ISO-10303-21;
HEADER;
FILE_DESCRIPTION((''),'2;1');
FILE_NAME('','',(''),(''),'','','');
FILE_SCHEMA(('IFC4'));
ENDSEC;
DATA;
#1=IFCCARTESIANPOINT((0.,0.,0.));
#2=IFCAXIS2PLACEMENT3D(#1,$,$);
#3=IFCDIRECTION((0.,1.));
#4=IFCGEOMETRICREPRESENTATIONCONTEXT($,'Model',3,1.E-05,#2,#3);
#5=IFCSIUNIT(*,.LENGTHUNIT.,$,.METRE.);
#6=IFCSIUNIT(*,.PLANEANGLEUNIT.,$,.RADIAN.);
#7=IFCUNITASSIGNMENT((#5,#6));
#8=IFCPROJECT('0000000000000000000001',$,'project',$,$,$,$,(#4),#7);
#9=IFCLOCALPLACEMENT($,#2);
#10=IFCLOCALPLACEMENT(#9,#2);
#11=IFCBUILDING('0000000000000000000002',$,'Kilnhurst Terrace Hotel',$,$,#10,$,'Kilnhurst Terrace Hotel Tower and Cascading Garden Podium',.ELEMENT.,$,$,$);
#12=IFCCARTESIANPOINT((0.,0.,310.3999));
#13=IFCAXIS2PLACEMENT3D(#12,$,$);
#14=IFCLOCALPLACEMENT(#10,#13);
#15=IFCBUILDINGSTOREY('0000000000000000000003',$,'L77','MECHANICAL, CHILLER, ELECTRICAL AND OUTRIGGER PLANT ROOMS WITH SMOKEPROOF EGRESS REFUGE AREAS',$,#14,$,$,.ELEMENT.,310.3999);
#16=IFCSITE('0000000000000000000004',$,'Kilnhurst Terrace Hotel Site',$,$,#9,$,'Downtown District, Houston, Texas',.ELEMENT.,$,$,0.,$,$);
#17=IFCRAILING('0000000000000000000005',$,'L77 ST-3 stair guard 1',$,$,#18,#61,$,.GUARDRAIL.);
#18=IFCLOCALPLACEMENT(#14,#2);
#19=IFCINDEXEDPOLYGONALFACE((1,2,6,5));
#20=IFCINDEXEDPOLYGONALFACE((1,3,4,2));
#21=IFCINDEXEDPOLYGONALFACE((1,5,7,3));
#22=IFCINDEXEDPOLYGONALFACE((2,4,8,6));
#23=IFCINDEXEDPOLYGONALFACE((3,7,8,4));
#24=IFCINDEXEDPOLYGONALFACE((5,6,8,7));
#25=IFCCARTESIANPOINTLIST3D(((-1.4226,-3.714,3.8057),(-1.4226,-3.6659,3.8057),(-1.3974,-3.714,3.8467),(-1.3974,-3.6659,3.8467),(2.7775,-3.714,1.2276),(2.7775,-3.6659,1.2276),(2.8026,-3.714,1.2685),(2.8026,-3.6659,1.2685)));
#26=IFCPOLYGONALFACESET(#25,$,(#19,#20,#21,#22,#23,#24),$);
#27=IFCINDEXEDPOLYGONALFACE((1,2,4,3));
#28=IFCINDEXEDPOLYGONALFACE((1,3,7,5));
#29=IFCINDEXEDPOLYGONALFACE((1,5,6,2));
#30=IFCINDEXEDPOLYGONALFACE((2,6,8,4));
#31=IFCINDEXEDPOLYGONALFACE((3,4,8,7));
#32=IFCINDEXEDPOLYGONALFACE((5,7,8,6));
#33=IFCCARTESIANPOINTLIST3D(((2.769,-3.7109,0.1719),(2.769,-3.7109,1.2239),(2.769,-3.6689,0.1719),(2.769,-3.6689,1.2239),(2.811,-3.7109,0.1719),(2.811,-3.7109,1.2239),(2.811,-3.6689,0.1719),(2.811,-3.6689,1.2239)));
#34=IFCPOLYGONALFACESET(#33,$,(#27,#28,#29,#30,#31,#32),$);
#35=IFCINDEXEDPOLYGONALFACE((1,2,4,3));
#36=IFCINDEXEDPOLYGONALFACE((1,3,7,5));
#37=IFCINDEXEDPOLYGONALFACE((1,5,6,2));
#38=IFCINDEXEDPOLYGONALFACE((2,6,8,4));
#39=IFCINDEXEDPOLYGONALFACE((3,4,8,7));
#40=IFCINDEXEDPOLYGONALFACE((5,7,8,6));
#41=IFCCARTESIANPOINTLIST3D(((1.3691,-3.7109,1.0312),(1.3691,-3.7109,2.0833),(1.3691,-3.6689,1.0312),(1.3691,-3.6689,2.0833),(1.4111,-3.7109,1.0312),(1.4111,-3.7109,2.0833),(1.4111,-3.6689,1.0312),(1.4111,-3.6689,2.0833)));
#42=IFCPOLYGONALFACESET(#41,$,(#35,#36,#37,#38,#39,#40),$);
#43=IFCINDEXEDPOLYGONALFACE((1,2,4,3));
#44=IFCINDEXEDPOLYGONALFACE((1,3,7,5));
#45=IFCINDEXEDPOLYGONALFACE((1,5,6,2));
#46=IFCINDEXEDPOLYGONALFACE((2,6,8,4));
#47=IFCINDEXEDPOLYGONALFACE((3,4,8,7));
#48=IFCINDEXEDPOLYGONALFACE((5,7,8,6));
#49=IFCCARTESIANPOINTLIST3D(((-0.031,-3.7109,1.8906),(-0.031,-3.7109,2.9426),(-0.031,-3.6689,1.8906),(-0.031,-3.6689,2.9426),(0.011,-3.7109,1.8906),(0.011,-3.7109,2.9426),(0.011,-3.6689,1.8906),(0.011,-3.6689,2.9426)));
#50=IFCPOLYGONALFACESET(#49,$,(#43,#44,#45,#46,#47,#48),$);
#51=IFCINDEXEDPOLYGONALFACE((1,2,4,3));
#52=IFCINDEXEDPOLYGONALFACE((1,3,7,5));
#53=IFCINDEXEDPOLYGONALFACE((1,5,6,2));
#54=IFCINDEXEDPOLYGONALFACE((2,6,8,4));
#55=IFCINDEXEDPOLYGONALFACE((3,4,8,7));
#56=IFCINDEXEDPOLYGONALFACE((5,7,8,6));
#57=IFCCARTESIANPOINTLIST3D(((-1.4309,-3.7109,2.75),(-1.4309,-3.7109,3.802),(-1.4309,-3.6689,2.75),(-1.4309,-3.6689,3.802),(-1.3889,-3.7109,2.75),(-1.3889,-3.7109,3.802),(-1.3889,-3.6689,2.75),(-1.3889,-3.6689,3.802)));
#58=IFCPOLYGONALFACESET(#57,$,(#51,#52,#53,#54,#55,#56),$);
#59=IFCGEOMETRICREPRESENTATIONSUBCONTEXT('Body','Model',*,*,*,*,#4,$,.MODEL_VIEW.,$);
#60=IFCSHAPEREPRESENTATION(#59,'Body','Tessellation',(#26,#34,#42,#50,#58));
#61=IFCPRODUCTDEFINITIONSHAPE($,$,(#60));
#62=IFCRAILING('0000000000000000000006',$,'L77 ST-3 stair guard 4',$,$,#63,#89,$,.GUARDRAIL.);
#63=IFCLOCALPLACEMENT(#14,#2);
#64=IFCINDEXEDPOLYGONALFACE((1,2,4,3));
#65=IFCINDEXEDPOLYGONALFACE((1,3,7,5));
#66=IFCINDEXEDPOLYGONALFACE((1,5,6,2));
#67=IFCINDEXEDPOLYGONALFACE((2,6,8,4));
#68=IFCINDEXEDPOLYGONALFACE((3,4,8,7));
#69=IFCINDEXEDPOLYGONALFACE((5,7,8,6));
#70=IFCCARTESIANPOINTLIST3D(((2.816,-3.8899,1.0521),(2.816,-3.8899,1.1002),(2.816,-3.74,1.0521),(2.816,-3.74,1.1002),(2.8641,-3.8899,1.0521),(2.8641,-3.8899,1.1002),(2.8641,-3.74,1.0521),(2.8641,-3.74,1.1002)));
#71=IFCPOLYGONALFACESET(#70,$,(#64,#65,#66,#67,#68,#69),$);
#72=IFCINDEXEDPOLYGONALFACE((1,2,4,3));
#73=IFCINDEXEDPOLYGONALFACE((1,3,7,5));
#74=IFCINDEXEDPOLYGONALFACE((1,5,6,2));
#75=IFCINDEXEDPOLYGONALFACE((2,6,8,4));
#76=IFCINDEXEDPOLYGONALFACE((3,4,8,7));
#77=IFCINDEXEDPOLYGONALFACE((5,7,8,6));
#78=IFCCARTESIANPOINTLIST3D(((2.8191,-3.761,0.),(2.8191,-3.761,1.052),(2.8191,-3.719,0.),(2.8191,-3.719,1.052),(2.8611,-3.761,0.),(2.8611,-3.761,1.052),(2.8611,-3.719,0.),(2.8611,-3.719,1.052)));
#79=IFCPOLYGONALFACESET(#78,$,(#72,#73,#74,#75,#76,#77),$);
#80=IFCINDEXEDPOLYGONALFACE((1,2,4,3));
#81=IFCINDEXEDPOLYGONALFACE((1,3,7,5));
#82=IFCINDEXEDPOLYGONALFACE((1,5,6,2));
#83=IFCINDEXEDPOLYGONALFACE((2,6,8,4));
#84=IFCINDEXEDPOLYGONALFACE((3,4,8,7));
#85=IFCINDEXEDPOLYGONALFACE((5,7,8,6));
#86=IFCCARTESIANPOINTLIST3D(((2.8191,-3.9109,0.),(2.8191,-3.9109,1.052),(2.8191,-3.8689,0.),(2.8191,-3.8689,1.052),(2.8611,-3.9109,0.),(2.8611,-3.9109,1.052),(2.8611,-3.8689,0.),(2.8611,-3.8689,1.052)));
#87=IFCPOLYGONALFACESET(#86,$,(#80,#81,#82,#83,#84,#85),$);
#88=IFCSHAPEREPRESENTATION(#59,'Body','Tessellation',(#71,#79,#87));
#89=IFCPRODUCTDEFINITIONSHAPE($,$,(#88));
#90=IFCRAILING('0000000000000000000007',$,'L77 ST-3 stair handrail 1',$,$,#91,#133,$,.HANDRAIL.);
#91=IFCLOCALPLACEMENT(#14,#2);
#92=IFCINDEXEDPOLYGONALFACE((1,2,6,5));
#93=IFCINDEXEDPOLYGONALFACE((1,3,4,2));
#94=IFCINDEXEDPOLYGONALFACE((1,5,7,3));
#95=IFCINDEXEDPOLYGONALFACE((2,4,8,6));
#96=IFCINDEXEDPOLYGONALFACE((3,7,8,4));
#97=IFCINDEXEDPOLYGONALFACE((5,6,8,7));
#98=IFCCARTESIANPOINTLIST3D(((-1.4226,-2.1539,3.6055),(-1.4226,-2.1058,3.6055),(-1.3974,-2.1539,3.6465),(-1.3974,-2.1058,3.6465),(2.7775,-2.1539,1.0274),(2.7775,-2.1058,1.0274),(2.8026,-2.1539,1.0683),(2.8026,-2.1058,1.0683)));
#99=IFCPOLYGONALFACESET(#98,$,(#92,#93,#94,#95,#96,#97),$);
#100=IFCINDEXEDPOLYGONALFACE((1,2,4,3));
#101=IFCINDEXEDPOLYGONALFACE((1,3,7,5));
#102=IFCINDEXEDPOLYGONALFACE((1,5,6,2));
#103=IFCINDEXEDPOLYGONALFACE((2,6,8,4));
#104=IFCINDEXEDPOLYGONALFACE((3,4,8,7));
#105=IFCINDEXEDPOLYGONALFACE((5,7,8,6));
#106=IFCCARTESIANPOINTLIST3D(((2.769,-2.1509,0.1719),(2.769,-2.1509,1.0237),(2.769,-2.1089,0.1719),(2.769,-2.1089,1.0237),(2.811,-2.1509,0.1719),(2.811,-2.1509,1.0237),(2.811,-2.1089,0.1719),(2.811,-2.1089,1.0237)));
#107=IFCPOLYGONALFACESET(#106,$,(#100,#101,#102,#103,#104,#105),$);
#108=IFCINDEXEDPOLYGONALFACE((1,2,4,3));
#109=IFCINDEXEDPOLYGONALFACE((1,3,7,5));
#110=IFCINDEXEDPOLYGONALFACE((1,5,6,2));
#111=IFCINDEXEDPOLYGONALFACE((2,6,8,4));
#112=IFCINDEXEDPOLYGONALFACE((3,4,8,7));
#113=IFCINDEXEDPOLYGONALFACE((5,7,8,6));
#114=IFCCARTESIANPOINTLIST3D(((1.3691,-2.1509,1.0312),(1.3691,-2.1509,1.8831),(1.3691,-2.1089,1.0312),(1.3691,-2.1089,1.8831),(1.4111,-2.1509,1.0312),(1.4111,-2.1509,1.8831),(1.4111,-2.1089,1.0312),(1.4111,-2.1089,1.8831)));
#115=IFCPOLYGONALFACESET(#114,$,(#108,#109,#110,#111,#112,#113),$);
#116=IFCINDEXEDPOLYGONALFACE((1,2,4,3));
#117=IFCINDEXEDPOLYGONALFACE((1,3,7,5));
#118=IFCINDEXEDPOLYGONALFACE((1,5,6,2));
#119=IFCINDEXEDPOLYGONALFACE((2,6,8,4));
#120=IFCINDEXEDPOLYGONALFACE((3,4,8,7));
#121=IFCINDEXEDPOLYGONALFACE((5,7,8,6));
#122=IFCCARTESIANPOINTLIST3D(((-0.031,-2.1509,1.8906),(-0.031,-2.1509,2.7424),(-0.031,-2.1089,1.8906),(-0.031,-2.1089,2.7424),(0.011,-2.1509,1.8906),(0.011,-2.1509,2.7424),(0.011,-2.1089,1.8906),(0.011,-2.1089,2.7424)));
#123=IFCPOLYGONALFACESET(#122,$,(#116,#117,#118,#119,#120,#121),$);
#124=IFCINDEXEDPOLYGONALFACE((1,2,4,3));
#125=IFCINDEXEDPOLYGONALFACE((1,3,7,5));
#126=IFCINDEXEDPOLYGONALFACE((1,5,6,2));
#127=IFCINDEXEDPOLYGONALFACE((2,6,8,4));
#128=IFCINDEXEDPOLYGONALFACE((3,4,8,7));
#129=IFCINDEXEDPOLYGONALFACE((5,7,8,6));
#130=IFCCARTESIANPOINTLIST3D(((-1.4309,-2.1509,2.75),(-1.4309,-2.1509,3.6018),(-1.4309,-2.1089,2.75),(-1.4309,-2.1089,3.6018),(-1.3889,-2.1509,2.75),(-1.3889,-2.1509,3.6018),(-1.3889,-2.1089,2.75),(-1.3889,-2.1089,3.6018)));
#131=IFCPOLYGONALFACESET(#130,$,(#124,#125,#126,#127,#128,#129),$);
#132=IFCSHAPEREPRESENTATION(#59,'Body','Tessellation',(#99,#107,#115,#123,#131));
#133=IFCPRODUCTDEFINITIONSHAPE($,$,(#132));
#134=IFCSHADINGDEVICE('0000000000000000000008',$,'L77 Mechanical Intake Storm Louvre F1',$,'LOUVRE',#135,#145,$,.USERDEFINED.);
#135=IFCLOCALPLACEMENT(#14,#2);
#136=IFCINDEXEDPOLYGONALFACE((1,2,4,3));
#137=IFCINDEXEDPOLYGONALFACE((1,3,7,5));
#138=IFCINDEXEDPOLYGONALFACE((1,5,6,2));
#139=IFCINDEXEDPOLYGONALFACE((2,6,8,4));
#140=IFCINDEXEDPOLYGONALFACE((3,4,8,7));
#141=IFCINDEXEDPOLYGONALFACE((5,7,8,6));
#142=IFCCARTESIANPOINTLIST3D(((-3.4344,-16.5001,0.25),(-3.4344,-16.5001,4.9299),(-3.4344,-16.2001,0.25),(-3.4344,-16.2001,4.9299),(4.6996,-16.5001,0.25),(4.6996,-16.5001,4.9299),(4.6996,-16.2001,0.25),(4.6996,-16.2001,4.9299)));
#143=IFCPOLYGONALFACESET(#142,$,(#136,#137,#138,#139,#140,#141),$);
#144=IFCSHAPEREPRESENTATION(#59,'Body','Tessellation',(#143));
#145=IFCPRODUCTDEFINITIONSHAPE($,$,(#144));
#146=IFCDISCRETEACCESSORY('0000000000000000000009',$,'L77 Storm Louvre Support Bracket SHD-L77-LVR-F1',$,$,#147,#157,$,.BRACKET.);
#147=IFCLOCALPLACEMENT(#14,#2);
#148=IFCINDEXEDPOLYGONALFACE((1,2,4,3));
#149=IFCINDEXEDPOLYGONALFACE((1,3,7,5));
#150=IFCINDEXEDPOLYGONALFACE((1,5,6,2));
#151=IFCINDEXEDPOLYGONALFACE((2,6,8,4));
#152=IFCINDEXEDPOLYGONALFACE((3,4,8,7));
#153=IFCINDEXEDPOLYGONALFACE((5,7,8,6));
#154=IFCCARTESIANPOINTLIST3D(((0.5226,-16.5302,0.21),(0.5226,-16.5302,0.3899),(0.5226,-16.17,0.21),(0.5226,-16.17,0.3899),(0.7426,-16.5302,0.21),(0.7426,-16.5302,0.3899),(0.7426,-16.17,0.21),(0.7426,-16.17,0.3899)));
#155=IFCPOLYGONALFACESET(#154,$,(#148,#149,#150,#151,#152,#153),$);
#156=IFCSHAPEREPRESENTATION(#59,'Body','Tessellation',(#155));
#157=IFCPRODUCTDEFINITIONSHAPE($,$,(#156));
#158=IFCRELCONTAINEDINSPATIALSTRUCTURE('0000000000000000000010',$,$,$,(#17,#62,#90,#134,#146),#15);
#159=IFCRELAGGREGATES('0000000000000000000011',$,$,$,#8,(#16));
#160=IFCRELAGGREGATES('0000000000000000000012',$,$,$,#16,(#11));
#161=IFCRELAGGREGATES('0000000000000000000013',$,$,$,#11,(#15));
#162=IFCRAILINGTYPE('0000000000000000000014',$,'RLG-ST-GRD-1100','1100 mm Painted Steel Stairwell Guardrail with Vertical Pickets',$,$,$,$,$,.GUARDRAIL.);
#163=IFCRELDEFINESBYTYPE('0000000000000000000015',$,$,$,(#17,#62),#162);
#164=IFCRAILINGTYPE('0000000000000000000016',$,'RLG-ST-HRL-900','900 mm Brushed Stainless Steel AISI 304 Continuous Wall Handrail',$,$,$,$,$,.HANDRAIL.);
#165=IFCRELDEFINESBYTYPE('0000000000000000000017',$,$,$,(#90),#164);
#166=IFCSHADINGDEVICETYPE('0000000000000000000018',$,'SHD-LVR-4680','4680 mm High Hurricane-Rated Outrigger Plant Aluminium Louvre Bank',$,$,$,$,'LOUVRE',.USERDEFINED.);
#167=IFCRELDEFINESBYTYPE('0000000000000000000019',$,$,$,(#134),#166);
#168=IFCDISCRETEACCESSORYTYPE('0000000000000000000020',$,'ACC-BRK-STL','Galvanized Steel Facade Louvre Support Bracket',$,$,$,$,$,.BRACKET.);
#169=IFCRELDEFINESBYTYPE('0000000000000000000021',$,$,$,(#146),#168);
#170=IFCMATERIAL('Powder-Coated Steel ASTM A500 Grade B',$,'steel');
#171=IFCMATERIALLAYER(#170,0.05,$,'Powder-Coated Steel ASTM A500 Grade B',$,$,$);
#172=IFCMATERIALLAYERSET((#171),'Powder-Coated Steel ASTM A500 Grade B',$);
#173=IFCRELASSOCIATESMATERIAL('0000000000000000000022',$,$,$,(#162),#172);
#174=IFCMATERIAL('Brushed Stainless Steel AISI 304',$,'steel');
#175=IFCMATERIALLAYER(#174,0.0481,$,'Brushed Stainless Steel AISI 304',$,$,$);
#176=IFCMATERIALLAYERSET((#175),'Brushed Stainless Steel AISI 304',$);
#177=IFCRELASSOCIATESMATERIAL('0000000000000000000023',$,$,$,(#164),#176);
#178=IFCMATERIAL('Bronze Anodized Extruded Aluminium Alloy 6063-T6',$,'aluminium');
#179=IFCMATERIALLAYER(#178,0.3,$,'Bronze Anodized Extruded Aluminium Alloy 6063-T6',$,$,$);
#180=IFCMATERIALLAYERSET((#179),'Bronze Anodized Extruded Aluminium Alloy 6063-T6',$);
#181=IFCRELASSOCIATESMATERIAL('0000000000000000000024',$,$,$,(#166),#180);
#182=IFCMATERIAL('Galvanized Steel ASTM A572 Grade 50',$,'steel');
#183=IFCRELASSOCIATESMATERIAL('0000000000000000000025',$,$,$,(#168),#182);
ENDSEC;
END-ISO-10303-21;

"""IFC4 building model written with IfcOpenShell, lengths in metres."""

from ifc_helpers import new_model, si_unit, direction, frame, origin, origin_2d, place, context, subcontext, project, spatial, rectangle, extrude, material, layer, layer_set, type_object, element, save


model = new_model("IFC4")

# Units and contexts
model_context = context("Model", 3, precision=1e-05, world=origin(), true_north=direction((0.0, 1.0)))
body_context = subcontext(model_context, "Body", "Model", "MODEL_VIEW")
ifc_project = project(units=[si_unit("LENGTHUNIT", "METRE"), si_unit("PLANEANGLEUNIT", "RADIAN")], contexts=[model_context])

# Site, building, storey
site_placement = place(None, origin())
site = spatial("IfcSite", under=ifc_project, at=site_placement, Name="Kilnhurst Terrace Hotel Site", LongName="Downtown District, Houston, Texas", CompositionType="ELEMENT", RefElevation=0.0)
building_placement = place(site_placement, origin())
building = spatial("IfcBuilding", under=site, at=building_placement, Name="Kilnhurst Terrace Hotel", LongName="Kilnhurst Terrace Hotel Tower and Cascading Garden Podium", CompositionType="ELEMENT")
storey_placement = place(building_placement, frame((0.0, 0.0, 310.3999)))
storey = spatial("IfcBuildingStorey", under=building, at=storey_placement, Name="L77", Description="MECHANICAL, CHILLER, ELECTRICAL AND OUTRIGGER PLANT ROOMS WITH SMOKEPROOF EGRESS REFUGE AREAS", CompositionType="ELEMENT", Elevation=310.3999)

# Railings
ifc_material_1 = material(Name="Powder-Coated Steel ASTM A500 Grade B", Category="steel")
ifc_layer_1 = layer(ifc_material_1, 0.05, Name="Powder-Coated Steel ASTM A500 Grade B")
ifc_layer_set_1 = layer_set([ifc_layer_1], Name="Powder-Coated Steel ASTM A500 Grade B")
railing_type_1 = type_object("IfcRailingType", Name="RLG-ST-GRD-1100", Description="1100 mm Painted Steel Stairwell Guardrail with Vertical Pickets", PredefinedType="GUARDRAIL", material=ifc_layer_set_1)
railing_1_placement = place(storey_placement, frame((2.79, -3.6899, 0.1719)))
element("IfcRailing", 1, at=railing_1_placement, inside=storey, type_object=railing_type_1, Name="L77 ST-3 stair guard 1", PredefinedType="GUARDRAIL", context=body_context, shape_type="SweptSolid", body=[
    extrude(rectangle(XDim=0.0481, YDim=0.0481, at=origin_2d()), frame((0.0, 0.0, 1.0762), z_axis=(-0.852243, 0.0, 0.523146), x_axis=(0.0, -1.0, 0.0)), (0.0, 0.0, 1.0), 4.9282),
    extrude(rectangle(XDim=0.042, YDim=0.042, at=origin_2d()), origin(), (0.0, 0.0, 1.0), 1.052),
    extrude(rectangle(XDim=0.042, YDim=0.042, at=origin_2d()), frame((-1.3999, 0.0, 0.8594)), (0.0, 0.0, 1.0), 1.052),
    extrude(rectangle(XDim=0.042, YDim=0.042, at=origin_2d()), frame((-2.8, 0.0, 1.7188)), (0.0, 0.0, 1.0), 1.052),
    extrude(rectangle(XDim=0.042, YDim=0.042, at=origin_2d()), frame((-4.2, 0.0, 2.5781)), (0.0, 0.0, 1.0), 1.052),
])
railing_2_placement = place(storey_placement, frame((2.8401, -3.74, 0.0)))
element("IfcRailing", 2, at=railing_2_placement, inside=storey, type_object=railing_type_1, Name="L77 ST-3 stair guard 4", PredefinedType="GUARDRAIL", context=body_context, shape_type="SweptSolid", body=[
    extrude(rectangle(XDim=0.0481, YDim=0.0481, at=origin_2d()), frame((0.0, 0.0, 1.0762), z_axis=(0.0, -1.0, 0.0), x_axis=(1.0, 0.0, 0.0)), (0.0, 0.0, 1.0), 0.1499),
    extrude(rectangle(XDim=0.042, YDim=0.042, at=origin_2d()), origin(), (0.0, 0.0, 1.0), 1.052),
    extrude(rectangle(XDim=0.042, YDim=0.042, at=origin_2d()), frame((0.0, -0.1499, 0.0)), (0.0, 0.0, 1.0), 1.052),
])
ifc_material_2 = material(Name="Brushed Stainless Steel AISI 304", Category="steel")
ifc_layer_2 = layer(ifc_material_2, 0.0481, Name="Brushed Stainless Steel AISI 304")
ifc_layer_set_2 = layer_set([ifc_layer_2], Name="Brushed Stainless Steel AISI 304")
railing_type_2 = type_object("IfcRailingType", Name="RLG-ST-HRL-900", Description="900 mm Brushed Stainless Steel AISI 304 Continuous Wall Handrail", PredefinedType="HANDRAIL", material=ifc_layer_set_2)
railing_3_placement = place(storey_placement, frame((2.79, -2.1299, 0.1719)))
element("IfcRailing", 3, at=railing_3_placement, inside=storey, type_object=railing_type_2, Name="L77 ST-3 stair handrail 1", PredefinedType="HANDRAIL", context=body_context, shape_type="SweptSolid", body=[
    extrude(rectangle(XDim=0.0481, YDim=0.0481, at=origin_2d()), frame((0.0, 0.0, 0.876), z_axis=(-0.852243, 0.0, 0.523146), x_axis=(0.0, -1.0, 0.0)), (0.0, 0.0, 1.0), 4.9282),
    extrude(rectangle(XDim=0.042, YDim=0.042, at=origin_2d()), origin(), (0.0, 0.0, 1.0), 0.8518),
    extrude(rectangle(XDim=0.042, YDim=0.042, at=origin_2d()), frame((-1.3999, 0.0, 0.8594)), (0.0, 0.0, 1.0), 0.8518),
    extrude(rectangle(XDim=0.042, YDim=0.042, at=origin_2d()), frame((-2.8, 0.0, 1.7188)), (0.0, 0.0, 1.0), 0.8518),
    extrude(rectangle(XDim=0.042, YDim=0.042, at=origin_2d()), frame((-4.2, 0.0, 2.5781)), (0.0, 0.0, 1.0), 0.8518),
])

# Shading device
ifc_material_3 = material(Name="Bronze Anodized Extruded Aluminium Alloy 6063-T6", Category="aluminium")
ifc_layer_3 = layer(ifc_material_3, 0.3, Name="Bronze Anodized Extruded Aluminium Alloy 6063-T6")
ifc_layer_set_3 = layer_set([ifc_layer_3], Name="Bronze Anodized Extruded Aluminium Alloy 6063-T6")
shading_device_type = type_object("IfcShadingDeviceType", Name="SHD-LVR-4680", Description="4680 mm High Hurricane-Rated Outrigger Plant Aluminium Louvre Bank", ElementType="LOUVRE", PredefinedType="USERDEFINED", material=ifc_layer_set_3)
shading_device_placement = place(storey_placement, frame((0.6326, -16.3501, 0.25), z_axis=(0.0, 0.0, 1.0), x_axis=(1.0, 0.0, 0.0)))
element("IfcShadingDevice", 4, at=shading_device_placement, inside=storey, type_object=shading_device_type, Name="L77 Mechanical Intake Storm Louvre F1", ObjectType="LOUVRE", PredefinedType="USERDEFINED", context=body_context, shape_type="SweptSolid", body=[
    extrude(rectangle(XDim=8.134, YDim=0.3, at=origin_2d()), origin(), (0.0, 0.0, 1.0), 4.6799),
])

# Discrete accessory
ifc_material_4 = material(Name="Galvanized Steel ASTM A572 Grade 50", Category="steel")
discrete_accessory_type = type_object("IfcDiscreteAccessoryType", Name="ACC-BRK-STL", Description="Galvanized Steel Facade Louvre Support Bracket", PredefinedType="BRACKET", material=ifc_material_4)
discrete_accessory_placement = place(storey_placement, frame((0.6326, -16.3501, 0.21), z_axis=(0.0, 0.0, 1.0), x_axis=(1.0, 0.0, 0.0)))
element("IfcDiscreteAccessory", 5, at=discrete_accessory_placement, inside=storey, type_object=discrete_accessory_type, Name="L77 Storm Louvre Support Bracket SHD-L77-LVR-F1", PredefinedType="BRACKET", context=body_context, shape_type="SweptSolid", body=[
    extrude(rectangle(XDim=0.22, YDim=0.3601, at=origin_2d()), origin(), (0.0, 0.0, 1.0), 0.1799),
])

save(model, "model.ifc")
